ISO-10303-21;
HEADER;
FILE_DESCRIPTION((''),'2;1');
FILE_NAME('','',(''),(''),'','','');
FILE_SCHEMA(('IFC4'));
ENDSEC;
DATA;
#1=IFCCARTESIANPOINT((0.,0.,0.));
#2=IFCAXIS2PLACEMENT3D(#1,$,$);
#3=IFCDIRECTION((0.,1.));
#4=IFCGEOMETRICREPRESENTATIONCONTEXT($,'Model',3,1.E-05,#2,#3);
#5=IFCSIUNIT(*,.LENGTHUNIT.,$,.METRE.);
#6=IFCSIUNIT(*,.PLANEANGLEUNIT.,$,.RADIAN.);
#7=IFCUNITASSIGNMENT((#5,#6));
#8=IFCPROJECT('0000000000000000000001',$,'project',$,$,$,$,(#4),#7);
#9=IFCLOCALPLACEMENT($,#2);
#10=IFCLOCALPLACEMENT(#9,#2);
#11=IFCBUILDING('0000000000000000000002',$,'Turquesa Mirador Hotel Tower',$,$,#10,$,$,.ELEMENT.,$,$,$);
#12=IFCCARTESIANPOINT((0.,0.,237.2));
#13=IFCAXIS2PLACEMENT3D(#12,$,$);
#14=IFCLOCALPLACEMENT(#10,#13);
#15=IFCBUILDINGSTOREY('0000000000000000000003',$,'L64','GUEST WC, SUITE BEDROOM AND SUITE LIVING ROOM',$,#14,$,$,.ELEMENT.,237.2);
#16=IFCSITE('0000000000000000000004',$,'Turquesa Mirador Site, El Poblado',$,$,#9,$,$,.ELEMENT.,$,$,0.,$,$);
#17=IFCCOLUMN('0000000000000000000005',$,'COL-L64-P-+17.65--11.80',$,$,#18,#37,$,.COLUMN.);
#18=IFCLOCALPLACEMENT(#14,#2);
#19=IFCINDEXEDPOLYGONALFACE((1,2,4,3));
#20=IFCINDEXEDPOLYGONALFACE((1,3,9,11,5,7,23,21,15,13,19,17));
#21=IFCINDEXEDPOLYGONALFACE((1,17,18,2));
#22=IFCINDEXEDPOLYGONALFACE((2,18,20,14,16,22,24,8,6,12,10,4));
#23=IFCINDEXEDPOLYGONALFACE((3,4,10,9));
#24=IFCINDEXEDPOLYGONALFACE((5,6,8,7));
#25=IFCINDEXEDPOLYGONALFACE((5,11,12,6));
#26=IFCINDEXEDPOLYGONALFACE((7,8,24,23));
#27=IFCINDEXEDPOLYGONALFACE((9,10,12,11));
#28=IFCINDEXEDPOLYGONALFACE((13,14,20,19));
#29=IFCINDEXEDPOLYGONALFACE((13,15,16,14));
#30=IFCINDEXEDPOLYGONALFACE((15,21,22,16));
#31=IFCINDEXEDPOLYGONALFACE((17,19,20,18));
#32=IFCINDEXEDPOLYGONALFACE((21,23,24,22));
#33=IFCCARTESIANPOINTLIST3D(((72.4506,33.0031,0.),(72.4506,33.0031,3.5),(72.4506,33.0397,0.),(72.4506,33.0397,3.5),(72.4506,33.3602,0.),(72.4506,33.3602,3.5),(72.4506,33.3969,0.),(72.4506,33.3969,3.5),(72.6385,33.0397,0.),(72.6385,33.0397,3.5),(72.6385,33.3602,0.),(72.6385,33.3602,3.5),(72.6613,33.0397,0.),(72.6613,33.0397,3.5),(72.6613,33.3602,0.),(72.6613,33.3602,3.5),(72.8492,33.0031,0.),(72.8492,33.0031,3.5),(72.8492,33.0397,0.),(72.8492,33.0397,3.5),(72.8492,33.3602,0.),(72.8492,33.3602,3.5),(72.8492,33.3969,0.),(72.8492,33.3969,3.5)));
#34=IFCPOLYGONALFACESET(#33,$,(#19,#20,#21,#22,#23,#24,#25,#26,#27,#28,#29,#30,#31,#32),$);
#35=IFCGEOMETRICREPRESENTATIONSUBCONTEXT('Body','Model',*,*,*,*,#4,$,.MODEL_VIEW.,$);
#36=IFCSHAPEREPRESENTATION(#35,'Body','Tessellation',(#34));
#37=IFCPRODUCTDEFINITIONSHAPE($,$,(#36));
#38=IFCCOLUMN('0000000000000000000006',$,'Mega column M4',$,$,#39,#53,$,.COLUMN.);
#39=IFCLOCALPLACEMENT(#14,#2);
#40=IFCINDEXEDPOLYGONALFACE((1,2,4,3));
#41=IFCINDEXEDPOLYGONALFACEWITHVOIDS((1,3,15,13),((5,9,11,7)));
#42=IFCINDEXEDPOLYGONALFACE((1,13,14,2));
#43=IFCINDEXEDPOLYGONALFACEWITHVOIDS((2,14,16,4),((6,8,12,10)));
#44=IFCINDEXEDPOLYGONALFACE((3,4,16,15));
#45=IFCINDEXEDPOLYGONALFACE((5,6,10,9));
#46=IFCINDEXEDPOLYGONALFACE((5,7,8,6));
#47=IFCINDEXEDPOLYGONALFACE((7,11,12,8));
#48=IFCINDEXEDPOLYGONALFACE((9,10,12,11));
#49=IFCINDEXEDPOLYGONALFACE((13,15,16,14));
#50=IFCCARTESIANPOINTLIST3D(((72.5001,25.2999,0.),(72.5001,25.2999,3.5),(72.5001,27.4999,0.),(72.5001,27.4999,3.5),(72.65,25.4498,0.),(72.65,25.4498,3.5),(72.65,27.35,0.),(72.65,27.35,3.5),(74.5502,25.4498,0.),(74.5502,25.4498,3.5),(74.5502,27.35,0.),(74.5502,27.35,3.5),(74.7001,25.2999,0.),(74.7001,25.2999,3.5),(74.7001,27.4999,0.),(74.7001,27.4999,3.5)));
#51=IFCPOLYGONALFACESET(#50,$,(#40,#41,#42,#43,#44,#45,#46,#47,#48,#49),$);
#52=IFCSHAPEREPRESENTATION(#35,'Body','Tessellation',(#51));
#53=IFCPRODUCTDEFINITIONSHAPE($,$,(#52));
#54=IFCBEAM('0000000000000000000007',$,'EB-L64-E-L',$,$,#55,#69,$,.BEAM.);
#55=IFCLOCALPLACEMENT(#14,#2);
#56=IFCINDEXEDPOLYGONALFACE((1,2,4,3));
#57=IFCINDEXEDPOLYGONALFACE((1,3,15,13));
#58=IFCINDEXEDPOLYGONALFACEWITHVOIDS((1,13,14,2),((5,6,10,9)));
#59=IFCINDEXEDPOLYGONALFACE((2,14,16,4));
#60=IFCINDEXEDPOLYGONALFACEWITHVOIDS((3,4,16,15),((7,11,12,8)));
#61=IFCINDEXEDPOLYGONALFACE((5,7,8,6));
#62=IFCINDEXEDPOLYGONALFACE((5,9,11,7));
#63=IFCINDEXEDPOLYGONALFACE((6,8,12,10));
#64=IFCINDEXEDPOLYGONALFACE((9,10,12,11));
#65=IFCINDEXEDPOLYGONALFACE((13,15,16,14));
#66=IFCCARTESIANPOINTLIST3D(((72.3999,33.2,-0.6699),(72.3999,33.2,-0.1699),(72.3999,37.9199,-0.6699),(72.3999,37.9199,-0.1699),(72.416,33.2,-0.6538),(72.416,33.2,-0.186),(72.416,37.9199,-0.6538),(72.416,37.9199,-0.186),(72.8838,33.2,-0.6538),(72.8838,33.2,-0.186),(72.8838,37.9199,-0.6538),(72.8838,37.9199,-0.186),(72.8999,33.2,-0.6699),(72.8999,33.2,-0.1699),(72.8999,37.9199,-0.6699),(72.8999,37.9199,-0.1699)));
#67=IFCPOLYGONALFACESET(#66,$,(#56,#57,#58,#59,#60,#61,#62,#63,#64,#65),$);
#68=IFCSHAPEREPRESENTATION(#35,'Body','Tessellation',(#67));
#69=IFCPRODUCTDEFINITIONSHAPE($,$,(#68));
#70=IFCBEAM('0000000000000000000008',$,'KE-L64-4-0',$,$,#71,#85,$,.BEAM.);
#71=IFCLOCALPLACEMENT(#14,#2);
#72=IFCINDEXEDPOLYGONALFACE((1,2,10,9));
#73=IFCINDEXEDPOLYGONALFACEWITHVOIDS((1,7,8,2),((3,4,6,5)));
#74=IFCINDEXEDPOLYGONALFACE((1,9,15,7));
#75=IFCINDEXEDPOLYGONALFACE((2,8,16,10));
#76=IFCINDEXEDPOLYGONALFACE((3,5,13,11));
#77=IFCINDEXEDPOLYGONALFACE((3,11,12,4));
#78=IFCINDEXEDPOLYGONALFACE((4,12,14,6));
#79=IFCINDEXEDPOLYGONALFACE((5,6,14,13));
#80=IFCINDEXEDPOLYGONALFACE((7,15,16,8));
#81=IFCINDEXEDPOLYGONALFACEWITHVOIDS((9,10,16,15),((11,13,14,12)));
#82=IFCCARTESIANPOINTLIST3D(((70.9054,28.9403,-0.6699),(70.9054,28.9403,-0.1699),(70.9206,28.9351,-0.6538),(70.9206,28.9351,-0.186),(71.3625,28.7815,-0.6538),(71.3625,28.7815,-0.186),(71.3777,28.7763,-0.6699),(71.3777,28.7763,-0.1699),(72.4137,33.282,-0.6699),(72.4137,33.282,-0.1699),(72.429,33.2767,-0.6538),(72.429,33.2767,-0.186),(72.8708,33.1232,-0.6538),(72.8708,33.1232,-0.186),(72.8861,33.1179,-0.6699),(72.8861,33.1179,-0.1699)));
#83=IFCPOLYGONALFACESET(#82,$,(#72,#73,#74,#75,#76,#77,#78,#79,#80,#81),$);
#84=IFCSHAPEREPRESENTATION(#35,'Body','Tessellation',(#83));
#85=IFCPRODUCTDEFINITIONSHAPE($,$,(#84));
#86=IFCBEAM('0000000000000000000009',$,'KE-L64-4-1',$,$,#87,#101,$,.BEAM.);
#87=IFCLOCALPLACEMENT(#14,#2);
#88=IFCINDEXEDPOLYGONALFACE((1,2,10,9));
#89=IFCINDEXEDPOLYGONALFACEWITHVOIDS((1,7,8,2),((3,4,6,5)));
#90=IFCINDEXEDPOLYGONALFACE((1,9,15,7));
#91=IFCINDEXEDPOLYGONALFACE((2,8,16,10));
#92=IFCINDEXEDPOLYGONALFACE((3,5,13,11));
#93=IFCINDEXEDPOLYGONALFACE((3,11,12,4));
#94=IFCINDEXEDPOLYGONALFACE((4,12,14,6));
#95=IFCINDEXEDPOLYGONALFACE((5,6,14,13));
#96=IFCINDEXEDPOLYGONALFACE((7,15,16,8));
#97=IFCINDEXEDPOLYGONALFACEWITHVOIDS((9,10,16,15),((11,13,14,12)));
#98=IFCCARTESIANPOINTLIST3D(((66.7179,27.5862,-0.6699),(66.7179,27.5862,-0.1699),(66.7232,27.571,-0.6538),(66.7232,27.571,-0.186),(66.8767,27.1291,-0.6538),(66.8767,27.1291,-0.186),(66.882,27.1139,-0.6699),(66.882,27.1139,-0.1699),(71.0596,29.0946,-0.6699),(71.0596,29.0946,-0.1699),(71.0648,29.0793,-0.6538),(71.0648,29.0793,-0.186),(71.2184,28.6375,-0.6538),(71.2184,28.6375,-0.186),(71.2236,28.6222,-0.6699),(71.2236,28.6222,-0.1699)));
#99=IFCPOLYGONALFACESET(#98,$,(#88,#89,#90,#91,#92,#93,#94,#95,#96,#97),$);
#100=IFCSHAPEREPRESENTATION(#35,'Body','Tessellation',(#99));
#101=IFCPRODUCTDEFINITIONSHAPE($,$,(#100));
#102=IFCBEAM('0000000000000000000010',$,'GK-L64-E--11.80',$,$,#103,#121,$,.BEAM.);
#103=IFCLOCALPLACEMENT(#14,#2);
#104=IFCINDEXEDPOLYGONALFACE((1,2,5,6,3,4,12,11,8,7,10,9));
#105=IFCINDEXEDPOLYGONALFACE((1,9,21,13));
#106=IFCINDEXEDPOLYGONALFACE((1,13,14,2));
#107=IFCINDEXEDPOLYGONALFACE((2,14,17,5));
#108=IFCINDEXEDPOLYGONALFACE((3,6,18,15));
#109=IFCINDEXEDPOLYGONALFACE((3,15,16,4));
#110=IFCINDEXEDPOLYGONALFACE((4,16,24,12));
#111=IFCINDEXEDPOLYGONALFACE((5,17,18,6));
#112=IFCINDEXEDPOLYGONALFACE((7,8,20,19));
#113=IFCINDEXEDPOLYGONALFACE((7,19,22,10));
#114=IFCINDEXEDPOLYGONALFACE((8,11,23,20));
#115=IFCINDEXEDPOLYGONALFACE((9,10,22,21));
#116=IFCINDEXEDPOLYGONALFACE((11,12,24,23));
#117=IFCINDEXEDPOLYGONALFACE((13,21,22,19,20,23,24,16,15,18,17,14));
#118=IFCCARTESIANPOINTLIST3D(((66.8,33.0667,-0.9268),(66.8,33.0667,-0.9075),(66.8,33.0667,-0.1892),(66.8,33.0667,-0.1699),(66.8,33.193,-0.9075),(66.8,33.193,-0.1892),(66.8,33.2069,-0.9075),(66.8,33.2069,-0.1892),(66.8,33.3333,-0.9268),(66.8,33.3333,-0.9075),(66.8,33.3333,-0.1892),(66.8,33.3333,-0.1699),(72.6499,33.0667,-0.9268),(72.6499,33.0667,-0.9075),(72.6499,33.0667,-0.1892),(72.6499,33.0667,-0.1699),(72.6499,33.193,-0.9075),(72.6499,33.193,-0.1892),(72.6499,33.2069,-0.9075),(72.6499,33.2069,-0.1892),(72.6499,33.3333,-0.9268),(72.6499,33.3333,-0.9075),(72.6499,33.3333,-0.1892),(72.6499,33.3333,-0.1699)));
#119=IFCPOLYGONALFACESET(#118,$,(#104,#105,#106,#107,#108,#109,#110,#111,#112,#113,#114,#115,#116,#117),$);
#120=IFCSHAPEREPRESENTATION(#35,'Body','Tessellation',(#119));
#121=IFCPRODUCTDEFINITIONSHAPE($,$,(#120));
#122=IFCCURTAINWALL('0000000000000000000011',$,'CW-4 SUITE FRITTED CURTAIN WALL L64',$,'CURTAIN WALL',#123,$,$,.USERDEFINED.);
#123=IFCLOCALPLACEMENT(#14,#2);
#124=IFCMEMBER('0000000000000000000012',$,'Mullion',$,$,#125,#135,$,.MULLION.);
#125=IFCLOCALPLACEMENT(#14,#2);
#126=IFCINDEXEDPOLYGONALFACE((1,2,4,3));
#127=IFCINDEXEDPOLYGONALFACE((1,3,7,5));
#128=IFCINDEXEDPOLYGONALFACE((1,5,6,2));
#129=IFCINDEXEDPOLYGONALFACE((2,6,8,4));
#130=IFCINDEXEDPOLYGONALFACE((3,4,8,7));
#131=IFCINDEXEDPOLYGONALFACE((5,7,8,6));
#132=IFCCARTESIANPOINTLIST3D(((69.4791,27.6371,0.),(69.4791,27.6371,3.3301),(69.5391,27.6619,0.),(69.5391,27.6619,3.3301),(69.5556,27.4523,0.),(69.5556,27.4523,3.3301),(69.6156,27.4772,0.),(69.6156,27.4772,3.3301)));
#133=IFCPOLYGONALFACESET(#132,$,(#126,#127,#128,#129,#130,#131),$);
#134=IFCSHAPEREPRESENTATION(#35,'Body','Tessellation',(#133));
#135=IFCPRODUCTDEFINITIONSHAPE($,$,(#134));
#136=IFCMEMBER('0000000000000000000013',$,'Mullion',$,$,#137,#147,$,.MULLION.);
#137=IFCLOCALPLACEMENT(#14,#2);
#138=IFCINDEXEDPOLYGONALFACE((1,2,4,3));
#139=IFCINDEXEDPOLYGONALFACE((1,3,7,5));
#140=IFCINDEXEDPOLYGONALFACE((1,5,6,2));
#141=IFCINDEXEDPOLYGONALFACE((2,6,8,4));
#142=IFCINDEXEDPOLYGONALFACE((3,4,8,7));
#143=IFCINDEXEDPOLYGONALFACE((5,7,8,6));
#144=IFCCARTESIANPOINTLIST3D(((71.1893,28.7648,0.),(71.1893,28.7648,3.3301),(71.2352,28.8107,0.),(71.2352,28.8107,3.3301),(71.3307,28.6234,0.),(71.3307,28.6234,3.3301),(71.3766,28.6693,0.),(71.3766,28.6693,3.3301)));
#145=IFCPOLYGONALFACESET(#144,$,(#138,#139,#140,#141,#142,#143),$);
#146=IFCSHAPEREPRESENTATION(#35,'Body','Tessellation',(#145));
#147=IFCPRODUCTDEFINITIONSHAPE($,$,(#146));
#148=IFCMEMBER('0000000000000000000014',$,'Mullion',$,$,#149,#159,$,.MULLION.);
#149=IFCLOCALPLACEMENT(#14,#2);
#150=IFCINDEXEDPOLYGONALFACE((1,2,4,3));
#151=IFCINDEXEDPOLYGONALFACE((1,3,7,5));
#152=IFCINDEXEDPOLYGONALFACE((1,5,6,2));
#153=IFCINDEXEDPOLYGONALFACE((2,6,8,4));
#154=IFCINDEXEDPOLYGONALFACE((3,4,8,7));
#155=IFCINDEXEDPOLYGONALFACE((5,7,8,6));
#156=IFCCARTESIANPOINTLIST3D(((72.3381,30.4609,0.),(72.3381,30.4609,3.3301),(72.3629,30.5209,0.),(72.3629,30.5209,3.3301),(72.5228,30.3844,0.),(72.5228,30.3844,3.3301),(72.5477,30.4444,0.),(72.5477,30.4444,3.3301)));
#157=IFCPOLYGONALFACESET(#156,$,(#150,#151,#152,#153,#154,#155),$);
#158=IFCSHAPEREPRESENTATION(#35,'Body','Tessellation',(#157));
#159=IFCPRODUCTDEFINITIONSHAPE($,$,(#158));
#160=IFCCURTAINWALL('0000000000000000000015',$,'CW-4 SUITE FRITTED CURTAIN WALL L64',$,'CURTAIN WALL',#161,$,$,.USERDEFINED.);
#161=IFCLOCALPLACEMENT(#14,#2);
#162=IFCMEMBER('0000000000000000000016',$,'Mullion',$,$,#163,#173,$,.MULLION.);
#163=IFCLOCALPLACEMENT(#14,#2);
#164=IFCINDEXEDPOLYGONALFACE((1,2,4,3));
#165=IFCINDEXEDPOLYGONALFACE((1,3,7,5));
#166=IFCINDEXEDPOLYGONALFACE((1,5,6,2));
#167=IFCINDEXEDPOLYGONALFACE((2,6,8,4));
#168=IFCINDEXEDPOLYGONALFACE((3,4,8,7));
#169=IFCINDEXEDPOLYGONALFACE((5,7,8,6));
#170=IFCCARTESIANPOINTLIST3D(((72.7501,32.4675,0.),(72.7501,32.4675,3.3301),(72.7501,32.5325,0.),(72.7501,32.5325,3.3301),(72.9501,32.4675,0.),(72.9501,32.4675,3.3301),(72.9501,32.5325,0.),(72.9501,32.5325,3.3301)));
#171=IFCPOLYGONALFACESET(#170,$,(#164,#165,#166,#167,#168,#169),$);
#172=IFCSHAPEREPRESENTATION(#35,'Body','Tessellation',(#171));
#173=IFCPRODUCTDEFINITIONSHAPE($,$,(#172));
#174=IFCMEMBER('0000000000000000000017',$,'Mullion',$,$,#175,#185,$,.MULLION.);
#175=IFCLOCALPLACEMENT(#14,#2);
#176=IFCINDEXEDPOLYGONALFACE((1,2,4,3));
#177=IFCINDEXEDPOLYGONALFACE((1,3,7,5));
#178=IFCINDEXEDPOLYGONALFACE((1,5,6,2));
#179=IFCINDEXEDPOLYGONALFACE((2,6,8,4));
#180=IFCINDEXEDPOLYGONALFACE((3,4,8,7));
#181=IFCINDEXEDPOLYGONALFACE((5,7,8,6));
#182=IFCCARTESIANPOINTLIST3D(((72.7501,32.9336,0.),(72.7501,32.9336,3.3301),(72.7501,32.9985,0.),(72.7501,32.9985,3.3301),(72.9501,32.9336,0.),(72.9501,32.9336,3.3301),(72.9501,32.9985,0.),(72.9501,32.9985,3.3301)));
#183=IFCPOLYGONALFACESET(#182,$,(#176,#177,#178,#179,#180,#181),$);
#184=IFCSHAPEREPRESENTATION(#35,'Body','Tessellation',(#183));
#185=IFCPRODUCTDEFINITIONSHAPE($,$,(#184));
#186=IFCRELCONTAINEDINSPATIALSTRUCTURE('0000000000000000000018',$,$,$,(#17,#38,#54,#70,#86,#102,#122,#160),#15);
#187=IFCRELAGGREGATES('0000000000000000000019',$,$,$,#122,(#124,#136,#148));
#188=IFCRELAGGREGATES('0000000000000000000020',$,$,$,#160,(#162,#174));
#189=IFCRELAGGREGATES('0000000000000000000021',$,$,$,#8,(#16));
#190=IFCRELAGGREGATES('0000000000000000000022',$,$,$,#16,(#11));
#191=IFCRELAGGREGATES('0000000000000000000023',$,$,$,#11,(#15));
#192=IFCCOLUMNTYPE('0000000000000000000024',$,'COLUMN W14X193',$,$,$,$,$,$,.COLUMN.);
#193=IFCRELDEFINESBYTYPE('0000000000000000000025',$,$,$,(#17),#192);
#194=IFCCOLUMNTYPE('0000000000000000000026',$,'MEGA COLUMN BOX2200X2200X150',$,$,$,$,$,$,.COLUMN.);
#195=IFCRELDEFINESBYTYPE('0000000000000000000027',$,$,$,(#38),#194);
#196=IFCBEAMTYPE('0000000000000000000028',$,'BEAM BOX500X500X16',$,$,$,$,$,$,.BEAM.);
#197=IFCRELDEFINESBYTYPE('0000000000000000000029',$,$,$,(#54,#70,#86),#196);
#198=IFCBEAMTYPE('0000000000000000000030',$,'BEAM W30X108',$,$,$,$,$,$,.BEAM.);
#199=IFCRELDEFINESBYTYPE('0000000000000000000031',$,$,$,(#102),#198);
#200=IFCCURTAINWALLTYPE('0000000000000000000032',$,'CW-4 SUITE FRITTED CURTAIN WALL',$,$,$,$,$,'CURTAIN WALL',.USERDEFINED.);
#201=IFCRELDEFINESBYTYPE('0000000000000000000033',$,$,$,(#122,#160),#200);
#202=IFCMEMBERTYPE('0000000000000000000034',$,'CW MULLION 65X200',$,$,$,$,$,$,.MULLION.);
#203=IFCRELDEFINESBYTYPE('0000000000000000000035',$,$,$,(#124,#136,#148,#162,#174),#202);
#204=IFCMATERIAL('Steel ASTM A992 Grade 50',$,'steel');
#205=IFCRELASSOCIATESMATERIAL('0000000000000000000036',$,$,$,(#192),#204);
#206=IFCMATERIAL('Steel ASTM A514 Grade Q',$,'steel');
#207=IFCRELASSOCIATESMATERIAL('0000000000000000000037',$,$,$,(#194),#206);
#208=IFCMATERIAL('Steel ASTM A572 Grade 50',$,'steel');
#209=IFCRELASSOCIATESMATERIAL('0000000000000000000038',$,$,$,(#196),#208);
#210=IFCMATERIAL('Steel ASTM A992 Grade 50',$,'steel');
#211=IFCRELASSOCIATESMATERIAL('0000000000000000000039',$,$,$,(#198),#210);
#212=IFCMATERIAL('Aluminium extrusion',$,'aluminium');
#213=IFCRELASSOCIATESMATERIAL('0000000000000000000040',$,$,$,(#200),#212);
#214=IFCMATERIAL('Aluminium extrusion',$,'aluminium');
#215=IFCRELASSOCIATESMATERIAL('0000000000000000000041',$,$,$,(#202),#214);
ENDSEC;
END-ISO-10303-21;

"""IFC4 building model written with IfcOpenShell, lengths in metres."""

from ifc_helpers import new_model, si_unit, direction, frame, origin, origin_2d, place, context, subcontext, project, spatial, rectangle, hollow_rectangle, i_section, extrude, material, material_profile, profile_set, type_object, element, aggregate, save


model = new_model("IFC4")

# Units and contexts
model_context = context("Model", 3, precision=1e-05, world=origin(), true_north=direction((0.0, 1.0)))
body_context = subcontext(model_context, "Body", "Model", "MODEL_VIEW")
ifc_project = project(units=[si_unit("LENGTHUNIT", "METRE"), si_unit("PLANEANGLEUNIT", "RADIAN")], contexts=[model_context])

# Site, building, storey
site_placement = place(None, origin())
site = spatial("IfcSite", under=ifc_project, at=site_placement, Name="Turquesa Mirador Site, El Poblado", CompositionType="ELEMENT", RefElevation=0.0)
building_placement = place(site_placement, origin())
building = spatial("IfcBuilding", under=site, at=building_placement, Name="Turquesa Mirador Hotel Tower", CompositionType="ELEMENT")
storey_placement = place(building_placement, frame((0.0, 0.0, 237.2)))
storey = spatial("IfcBuildingStorey", under=building, at=storey_placement, Name="L64", Description="GUEST WC, SUITE BEDROOM AND SUITE LIVING ROOM", CompositionType="ELEMENT", Elevation=237.2)

# Columns
ifc_material_1 = material(Name="Steel ASTM A992 Grade 50", Category="steel")
ifc_material_profile_1 = material_profile(ifc_material_1, i_section(OverallWidth=0.3987, OverallDepth=0.3938, WebThickness=0.0227, FlangeThickness=0.0366, at=origin_2d()), Name="W14X193")
ifc_profile_set_1 = profile_set([ifc_material_profile_1], Name="Steel ASTM A992 Grade 50")
column_type_1 = type_object("IfcColumnType", Name="COLUMN W14X193", PredefinedType="COLUMN", material=ifc_profile_set_1)
column_1_placement = place(storey_placement, frame((72.6499, 33.2, 0.0), z_axis=(0.0, 0.0, 1.0), x_axis=(1.0, 0.0, 0.0)))
element("IfcColumn", 1, at=column_1_placement, inside=storey, type_object=column_type_1, Name="COL-L64-P-+17.65--11.80", PredefinedType="COLUMN", context=body_context, shape_type="SweptSolid", body=[
    extrude(i_section(OverallWidth=0.3987, OverallDepth=0.3938, WebThickness=0.0227, FlangeThickness=0.0366, at=origin_2d()), origin(), (0.0, 0.0, 1.0), 3.5),
])
ifc_material_2 = material(Name="Steel ASTM A514 Grade Q", Category="steel")
ifc_material_profile_2 = material_profile(ifc_material_2, hollow_rectangle(XDim=2.2, YDim=2.2, WallThickness=0.1499, at=origin_2d()), Name="BOX2200X2200X150")
ifc_profile_set_2 = profile_set([ifc_material_profile_2], Name="Steel ASTM A514 Grade Q")
column_type_2 = type_object("IfcColumnType", Name="MEGA COLUMN BOX2200X2200X150", PredefinedType="COLUMN", material=ifc_profile_set_2)
column_2_placement = place(storey_placement, frame((73.6001, 26.3999, 0.0), z_axis=(0.0, 0.0, 1.0), x_axis=(1.0, 0.0, 0.0)))
element("IfcColumn", 2, at=column_2_placement, inside=storey, type_object=column_type_2, Name="Mega column M4", PredefinedType="COLUMN", context=body_context, shape_type="SweptSolid", body=[
    extrude(hollow_rectangle(XDim=2.2, YDim=2.2, WallThickness=0.1499, at=origin_2d()), origin(), (0.0, 0.0, 1.0), 3.5),
])

# Beams
ifc_material_3 = material(Name="Steel ASTM A572 Grade 50", Category="steel")
ifc_material_profile_3 = material_profile(ifc_material_3, hollow_rectangle(XDim=0.5, YDim=0.5, WallThickness=0.0161, at=origin_2d()), Name="BOX500X500X16")
ifc_profile_set_3 = profile_set([ifc_material_profile_3], Name="Steel ASTM A572 Grade 50")
beam_type_1 = type_object("IfcBeamType", Name="BEAM BOX500X500X16", PredefinedType="BEAM", material=ifc_profile_set_3)
beam_1_placement = place(storey_placement, frame((72.6499, 33.2, -0.4199), z_axis=(0.0, 1.0, 0.0), x_axis=(-1.0, 0.0, 0.0)))
element("IfcBeam", 3, at=beam_1_placement, inside=storey, type_object=beam_type_1, Name="EB-L64-E-L", PredefinedType="BEAM", context=body_context, shape_type="SweptSolid", body=[
    extrude(hollow_rectangle(XDim=0.5, YDim=0.5, WallThickness=0.0161, at=origin_2d()), origin(), (0.0, 0.0, 1.0), 4.72),
])
for number, where, z_axis, x_axis, name in (
    (4, (72.6499, 33.2, -0.4199), (-0.32817, -0.944619, 0.0), (0.944619, -0.32817, 0.0), "KE-L64-4-0"),
    (5, (71.1416, 28.8584, -0.4199), (-0.944619, -0.32817, 0.0), (0.32817, -0.944619, 0.0), "KE-L64-4-1"),
):
    element("IfcBeam", number, at=place(storey_placement, frame(where, z_axis=z_axis, x_axis=x_axis)), inside=storey, type_object=beam_type_1, Name=name, PredefinedType="BEAM", context=body_context, shape_type="SweptSolid", body=[
        extrude(hollow_rectangle(XDim=0.5, YDim=0.5, WallThickness=0.0161, at=origin_2d()), origin(), (0.0, 0.0, 1.0), 4.5962),
    ])
ifc_material_4 = material(Name="Steel ASTM A992 Grade 50", Category="steel")
ifc_material_profile_4 = material_profile(ifc_material_4, i_section(OverallWidth=0.2666, OverallDepth=0.7568, WebThickness=0.0139, FlangeThickness=0.0193, at=origin_2d()), Name="W30X108")
ifc_profile_set_4 = profile_set([ifc_material_profile_4], Name="Steel ASTM A992 Grade 50")
beam_type_2 = type_object("IfcBeamType", Name="BEAM W30X108", PredefinedType="BEAM", material=ifc_profile_set_4)
beam_2_placement = place(storey_placement, frame((72.6499, 33.2, -0.5483), z_axis=(-1.0, 0.0, 0.0), x_axis=(0.0, -1.0, 0.0)))
element("IfcBeam", 6, at=beam_2_placement, inside=storey, type_object=beam_type_2, Name="GK-L64-E--11.80", PredefinedType="BEAM", context=body_context, shape_type="SweptSolid", body=[
    extrude(i_section(OverallWidth=0.2666, OverallDepth=0.7568, WebThickness=0.0139, FlangeThickness=0.0193, at=origin_2d()), origin(), (0.0, 0.0, 1.0), 5.8499),
])

# Curtain walls, members
ifc_material_5 = material(Name="Aluminium extrusion", Category="aluminium")
curtain_wall_type = type_object("IfcCurtainWallType", Name="CW-4 SUITE FRITTED CURTAIN WALL", ElementType="CURTAIN WALL", PredefinedType="USERDEFINED", material=ifc_material_5)
curtain_wall_1_placement = place(storey_placement, origin())
curtain_wall_1 = element("IfcCurtainWall", 7, at=curtain_wall_1_placement, inside=storey, type_object=curtain_wall_type, Name="CW-4 SUITE FRITTED CURTAIN WALL L64", ObjectType="CURTAIN WALL", PredefinedType="USERDEFINED")
ifc_material_6 = material(Name="Aluminium extrusion", Category="aluminium")
ifc_material_profile_5 = material_profile(ifc_material_6, rectangle(XDim=0.0649, YDim=0.2, at=origin_2d()), Name="MULLION 65X200")
ifc_profile_set_5 = profile_set([ifc_material_profile_5], Name="Aluminium extrusion")
member_type_1 = type_object("IfcMemberType", Name="CW MULLION 65X200", PredefinedType="MULLION", material=ifc_profile_set_5)
member_1_placement = place(storey_placement, frame((69.5474, 27.5571, 0.0), z_axis=(0.0, 0.0, 1.0), x_axis=(0.92388, 0.382683, 0.0)))
member_1 = element("IfcMember", 8, at=member_1_placement, type_object=member_type_1, Name="Mullion", PredefinedType="MULLION", context=body_context, shape_type="SweptSolid", body=[
    extrude(rectangle(XDim=0.0649, YDim=0.2, at=origin_2d()), origin(), (0.0, 0.0, 1.0), 3.3301),
])
member_2_placement = place(storey_placement, frame((71.283, 28.717, 0.0), z_axis=(0.0, 0.0, 1.0), x_axis=(0.707107, 0.707107, 0.0)))
member_2 = element("IfcMember", 9, at=member_2_placement, type_object=member_type_1, Name="Mullion", PredefinedType="MULLION", context=body_context, shape_type="SweptSolid", body=[
    extrude(rectangle(XDim=0.0649, YDim=0.2, at=origin_2d()), origin(), (0.0, 0.0, 1.0), 3.3301),
])
member_3_placement = place(storey_placement, frame((72.4429, 30.4526, 0.0), z_axis=(0.0, 0.0, 1.0), x_axis=(0.382683, 0.92388, 0.0)))
member_3 = element("IfcMember", 10, at=member_3_placement, type_object=member_type_1, Name="Mullion", PredefinedType="MULLION", context=body_context, shape_type="SweptSolid", body=[
    extrude(rectangle(XDim=0.0649, YDim=0.2, at=origin_2d()), origin(), (0.0, 0.0, 1.0), 3.3301),
])
curtain_wall_2_placement = place(storey_placement, origin())
curtain_wall_2 = element("IfcCurtainWall", 11, at=curtain_wall_2_placement, inside=storey, type_object=curtain_wall_type, Name="CW-4 SUITE FRITTED CURTAIN WALL L64", ObjectType="CURTAIN WALL", PredefinedType="USERDEFINED")
member_4_placement = place(storey_placement, frame((72.8501, 32.5, 0.0), z_axis=(0.0, 0.0, 1.0), x_axis=(0.0, 1.0, 0.0)))
member_4 = element("IfcMember", 12, at=member_4_placement, type_object=member_type_1, Name="Mullion", PredefinedType="MULLION", context=body_context, shape_type="SweptSolid", body=[
    extrude(rectangle(XDim=0.0649, YDim=0.2, at=origin_2d()), origin(), (0.0, 0.0, 1.0), 3.3301),
])
member_5_placement = place(storey_placement, frame((72.8501, 32.9661, 0.0), z_axis=(0.0, 0.0, 1.0), x_axis=(0.0, 1.0, 0.0)))
member_5 = element("IfcMember", 13, at=member_5_placement, type_object=member_type_1, Name="Mullion", PredefinedType="MULLION", context=body_context, shape_type="SweptSolid", body=[
    extrude(rectangle(XDim=0.0649, YDim=0.2, at=origin_2d()), origin(), (0.0, 0.0, 1.0), 3.3301),
])

aggregate(curtain_wall_1, [member_1, member_2, member_3])
aggregate(curtain_wall_2, [member_4, member_5])

save(model, "model.ifc")
